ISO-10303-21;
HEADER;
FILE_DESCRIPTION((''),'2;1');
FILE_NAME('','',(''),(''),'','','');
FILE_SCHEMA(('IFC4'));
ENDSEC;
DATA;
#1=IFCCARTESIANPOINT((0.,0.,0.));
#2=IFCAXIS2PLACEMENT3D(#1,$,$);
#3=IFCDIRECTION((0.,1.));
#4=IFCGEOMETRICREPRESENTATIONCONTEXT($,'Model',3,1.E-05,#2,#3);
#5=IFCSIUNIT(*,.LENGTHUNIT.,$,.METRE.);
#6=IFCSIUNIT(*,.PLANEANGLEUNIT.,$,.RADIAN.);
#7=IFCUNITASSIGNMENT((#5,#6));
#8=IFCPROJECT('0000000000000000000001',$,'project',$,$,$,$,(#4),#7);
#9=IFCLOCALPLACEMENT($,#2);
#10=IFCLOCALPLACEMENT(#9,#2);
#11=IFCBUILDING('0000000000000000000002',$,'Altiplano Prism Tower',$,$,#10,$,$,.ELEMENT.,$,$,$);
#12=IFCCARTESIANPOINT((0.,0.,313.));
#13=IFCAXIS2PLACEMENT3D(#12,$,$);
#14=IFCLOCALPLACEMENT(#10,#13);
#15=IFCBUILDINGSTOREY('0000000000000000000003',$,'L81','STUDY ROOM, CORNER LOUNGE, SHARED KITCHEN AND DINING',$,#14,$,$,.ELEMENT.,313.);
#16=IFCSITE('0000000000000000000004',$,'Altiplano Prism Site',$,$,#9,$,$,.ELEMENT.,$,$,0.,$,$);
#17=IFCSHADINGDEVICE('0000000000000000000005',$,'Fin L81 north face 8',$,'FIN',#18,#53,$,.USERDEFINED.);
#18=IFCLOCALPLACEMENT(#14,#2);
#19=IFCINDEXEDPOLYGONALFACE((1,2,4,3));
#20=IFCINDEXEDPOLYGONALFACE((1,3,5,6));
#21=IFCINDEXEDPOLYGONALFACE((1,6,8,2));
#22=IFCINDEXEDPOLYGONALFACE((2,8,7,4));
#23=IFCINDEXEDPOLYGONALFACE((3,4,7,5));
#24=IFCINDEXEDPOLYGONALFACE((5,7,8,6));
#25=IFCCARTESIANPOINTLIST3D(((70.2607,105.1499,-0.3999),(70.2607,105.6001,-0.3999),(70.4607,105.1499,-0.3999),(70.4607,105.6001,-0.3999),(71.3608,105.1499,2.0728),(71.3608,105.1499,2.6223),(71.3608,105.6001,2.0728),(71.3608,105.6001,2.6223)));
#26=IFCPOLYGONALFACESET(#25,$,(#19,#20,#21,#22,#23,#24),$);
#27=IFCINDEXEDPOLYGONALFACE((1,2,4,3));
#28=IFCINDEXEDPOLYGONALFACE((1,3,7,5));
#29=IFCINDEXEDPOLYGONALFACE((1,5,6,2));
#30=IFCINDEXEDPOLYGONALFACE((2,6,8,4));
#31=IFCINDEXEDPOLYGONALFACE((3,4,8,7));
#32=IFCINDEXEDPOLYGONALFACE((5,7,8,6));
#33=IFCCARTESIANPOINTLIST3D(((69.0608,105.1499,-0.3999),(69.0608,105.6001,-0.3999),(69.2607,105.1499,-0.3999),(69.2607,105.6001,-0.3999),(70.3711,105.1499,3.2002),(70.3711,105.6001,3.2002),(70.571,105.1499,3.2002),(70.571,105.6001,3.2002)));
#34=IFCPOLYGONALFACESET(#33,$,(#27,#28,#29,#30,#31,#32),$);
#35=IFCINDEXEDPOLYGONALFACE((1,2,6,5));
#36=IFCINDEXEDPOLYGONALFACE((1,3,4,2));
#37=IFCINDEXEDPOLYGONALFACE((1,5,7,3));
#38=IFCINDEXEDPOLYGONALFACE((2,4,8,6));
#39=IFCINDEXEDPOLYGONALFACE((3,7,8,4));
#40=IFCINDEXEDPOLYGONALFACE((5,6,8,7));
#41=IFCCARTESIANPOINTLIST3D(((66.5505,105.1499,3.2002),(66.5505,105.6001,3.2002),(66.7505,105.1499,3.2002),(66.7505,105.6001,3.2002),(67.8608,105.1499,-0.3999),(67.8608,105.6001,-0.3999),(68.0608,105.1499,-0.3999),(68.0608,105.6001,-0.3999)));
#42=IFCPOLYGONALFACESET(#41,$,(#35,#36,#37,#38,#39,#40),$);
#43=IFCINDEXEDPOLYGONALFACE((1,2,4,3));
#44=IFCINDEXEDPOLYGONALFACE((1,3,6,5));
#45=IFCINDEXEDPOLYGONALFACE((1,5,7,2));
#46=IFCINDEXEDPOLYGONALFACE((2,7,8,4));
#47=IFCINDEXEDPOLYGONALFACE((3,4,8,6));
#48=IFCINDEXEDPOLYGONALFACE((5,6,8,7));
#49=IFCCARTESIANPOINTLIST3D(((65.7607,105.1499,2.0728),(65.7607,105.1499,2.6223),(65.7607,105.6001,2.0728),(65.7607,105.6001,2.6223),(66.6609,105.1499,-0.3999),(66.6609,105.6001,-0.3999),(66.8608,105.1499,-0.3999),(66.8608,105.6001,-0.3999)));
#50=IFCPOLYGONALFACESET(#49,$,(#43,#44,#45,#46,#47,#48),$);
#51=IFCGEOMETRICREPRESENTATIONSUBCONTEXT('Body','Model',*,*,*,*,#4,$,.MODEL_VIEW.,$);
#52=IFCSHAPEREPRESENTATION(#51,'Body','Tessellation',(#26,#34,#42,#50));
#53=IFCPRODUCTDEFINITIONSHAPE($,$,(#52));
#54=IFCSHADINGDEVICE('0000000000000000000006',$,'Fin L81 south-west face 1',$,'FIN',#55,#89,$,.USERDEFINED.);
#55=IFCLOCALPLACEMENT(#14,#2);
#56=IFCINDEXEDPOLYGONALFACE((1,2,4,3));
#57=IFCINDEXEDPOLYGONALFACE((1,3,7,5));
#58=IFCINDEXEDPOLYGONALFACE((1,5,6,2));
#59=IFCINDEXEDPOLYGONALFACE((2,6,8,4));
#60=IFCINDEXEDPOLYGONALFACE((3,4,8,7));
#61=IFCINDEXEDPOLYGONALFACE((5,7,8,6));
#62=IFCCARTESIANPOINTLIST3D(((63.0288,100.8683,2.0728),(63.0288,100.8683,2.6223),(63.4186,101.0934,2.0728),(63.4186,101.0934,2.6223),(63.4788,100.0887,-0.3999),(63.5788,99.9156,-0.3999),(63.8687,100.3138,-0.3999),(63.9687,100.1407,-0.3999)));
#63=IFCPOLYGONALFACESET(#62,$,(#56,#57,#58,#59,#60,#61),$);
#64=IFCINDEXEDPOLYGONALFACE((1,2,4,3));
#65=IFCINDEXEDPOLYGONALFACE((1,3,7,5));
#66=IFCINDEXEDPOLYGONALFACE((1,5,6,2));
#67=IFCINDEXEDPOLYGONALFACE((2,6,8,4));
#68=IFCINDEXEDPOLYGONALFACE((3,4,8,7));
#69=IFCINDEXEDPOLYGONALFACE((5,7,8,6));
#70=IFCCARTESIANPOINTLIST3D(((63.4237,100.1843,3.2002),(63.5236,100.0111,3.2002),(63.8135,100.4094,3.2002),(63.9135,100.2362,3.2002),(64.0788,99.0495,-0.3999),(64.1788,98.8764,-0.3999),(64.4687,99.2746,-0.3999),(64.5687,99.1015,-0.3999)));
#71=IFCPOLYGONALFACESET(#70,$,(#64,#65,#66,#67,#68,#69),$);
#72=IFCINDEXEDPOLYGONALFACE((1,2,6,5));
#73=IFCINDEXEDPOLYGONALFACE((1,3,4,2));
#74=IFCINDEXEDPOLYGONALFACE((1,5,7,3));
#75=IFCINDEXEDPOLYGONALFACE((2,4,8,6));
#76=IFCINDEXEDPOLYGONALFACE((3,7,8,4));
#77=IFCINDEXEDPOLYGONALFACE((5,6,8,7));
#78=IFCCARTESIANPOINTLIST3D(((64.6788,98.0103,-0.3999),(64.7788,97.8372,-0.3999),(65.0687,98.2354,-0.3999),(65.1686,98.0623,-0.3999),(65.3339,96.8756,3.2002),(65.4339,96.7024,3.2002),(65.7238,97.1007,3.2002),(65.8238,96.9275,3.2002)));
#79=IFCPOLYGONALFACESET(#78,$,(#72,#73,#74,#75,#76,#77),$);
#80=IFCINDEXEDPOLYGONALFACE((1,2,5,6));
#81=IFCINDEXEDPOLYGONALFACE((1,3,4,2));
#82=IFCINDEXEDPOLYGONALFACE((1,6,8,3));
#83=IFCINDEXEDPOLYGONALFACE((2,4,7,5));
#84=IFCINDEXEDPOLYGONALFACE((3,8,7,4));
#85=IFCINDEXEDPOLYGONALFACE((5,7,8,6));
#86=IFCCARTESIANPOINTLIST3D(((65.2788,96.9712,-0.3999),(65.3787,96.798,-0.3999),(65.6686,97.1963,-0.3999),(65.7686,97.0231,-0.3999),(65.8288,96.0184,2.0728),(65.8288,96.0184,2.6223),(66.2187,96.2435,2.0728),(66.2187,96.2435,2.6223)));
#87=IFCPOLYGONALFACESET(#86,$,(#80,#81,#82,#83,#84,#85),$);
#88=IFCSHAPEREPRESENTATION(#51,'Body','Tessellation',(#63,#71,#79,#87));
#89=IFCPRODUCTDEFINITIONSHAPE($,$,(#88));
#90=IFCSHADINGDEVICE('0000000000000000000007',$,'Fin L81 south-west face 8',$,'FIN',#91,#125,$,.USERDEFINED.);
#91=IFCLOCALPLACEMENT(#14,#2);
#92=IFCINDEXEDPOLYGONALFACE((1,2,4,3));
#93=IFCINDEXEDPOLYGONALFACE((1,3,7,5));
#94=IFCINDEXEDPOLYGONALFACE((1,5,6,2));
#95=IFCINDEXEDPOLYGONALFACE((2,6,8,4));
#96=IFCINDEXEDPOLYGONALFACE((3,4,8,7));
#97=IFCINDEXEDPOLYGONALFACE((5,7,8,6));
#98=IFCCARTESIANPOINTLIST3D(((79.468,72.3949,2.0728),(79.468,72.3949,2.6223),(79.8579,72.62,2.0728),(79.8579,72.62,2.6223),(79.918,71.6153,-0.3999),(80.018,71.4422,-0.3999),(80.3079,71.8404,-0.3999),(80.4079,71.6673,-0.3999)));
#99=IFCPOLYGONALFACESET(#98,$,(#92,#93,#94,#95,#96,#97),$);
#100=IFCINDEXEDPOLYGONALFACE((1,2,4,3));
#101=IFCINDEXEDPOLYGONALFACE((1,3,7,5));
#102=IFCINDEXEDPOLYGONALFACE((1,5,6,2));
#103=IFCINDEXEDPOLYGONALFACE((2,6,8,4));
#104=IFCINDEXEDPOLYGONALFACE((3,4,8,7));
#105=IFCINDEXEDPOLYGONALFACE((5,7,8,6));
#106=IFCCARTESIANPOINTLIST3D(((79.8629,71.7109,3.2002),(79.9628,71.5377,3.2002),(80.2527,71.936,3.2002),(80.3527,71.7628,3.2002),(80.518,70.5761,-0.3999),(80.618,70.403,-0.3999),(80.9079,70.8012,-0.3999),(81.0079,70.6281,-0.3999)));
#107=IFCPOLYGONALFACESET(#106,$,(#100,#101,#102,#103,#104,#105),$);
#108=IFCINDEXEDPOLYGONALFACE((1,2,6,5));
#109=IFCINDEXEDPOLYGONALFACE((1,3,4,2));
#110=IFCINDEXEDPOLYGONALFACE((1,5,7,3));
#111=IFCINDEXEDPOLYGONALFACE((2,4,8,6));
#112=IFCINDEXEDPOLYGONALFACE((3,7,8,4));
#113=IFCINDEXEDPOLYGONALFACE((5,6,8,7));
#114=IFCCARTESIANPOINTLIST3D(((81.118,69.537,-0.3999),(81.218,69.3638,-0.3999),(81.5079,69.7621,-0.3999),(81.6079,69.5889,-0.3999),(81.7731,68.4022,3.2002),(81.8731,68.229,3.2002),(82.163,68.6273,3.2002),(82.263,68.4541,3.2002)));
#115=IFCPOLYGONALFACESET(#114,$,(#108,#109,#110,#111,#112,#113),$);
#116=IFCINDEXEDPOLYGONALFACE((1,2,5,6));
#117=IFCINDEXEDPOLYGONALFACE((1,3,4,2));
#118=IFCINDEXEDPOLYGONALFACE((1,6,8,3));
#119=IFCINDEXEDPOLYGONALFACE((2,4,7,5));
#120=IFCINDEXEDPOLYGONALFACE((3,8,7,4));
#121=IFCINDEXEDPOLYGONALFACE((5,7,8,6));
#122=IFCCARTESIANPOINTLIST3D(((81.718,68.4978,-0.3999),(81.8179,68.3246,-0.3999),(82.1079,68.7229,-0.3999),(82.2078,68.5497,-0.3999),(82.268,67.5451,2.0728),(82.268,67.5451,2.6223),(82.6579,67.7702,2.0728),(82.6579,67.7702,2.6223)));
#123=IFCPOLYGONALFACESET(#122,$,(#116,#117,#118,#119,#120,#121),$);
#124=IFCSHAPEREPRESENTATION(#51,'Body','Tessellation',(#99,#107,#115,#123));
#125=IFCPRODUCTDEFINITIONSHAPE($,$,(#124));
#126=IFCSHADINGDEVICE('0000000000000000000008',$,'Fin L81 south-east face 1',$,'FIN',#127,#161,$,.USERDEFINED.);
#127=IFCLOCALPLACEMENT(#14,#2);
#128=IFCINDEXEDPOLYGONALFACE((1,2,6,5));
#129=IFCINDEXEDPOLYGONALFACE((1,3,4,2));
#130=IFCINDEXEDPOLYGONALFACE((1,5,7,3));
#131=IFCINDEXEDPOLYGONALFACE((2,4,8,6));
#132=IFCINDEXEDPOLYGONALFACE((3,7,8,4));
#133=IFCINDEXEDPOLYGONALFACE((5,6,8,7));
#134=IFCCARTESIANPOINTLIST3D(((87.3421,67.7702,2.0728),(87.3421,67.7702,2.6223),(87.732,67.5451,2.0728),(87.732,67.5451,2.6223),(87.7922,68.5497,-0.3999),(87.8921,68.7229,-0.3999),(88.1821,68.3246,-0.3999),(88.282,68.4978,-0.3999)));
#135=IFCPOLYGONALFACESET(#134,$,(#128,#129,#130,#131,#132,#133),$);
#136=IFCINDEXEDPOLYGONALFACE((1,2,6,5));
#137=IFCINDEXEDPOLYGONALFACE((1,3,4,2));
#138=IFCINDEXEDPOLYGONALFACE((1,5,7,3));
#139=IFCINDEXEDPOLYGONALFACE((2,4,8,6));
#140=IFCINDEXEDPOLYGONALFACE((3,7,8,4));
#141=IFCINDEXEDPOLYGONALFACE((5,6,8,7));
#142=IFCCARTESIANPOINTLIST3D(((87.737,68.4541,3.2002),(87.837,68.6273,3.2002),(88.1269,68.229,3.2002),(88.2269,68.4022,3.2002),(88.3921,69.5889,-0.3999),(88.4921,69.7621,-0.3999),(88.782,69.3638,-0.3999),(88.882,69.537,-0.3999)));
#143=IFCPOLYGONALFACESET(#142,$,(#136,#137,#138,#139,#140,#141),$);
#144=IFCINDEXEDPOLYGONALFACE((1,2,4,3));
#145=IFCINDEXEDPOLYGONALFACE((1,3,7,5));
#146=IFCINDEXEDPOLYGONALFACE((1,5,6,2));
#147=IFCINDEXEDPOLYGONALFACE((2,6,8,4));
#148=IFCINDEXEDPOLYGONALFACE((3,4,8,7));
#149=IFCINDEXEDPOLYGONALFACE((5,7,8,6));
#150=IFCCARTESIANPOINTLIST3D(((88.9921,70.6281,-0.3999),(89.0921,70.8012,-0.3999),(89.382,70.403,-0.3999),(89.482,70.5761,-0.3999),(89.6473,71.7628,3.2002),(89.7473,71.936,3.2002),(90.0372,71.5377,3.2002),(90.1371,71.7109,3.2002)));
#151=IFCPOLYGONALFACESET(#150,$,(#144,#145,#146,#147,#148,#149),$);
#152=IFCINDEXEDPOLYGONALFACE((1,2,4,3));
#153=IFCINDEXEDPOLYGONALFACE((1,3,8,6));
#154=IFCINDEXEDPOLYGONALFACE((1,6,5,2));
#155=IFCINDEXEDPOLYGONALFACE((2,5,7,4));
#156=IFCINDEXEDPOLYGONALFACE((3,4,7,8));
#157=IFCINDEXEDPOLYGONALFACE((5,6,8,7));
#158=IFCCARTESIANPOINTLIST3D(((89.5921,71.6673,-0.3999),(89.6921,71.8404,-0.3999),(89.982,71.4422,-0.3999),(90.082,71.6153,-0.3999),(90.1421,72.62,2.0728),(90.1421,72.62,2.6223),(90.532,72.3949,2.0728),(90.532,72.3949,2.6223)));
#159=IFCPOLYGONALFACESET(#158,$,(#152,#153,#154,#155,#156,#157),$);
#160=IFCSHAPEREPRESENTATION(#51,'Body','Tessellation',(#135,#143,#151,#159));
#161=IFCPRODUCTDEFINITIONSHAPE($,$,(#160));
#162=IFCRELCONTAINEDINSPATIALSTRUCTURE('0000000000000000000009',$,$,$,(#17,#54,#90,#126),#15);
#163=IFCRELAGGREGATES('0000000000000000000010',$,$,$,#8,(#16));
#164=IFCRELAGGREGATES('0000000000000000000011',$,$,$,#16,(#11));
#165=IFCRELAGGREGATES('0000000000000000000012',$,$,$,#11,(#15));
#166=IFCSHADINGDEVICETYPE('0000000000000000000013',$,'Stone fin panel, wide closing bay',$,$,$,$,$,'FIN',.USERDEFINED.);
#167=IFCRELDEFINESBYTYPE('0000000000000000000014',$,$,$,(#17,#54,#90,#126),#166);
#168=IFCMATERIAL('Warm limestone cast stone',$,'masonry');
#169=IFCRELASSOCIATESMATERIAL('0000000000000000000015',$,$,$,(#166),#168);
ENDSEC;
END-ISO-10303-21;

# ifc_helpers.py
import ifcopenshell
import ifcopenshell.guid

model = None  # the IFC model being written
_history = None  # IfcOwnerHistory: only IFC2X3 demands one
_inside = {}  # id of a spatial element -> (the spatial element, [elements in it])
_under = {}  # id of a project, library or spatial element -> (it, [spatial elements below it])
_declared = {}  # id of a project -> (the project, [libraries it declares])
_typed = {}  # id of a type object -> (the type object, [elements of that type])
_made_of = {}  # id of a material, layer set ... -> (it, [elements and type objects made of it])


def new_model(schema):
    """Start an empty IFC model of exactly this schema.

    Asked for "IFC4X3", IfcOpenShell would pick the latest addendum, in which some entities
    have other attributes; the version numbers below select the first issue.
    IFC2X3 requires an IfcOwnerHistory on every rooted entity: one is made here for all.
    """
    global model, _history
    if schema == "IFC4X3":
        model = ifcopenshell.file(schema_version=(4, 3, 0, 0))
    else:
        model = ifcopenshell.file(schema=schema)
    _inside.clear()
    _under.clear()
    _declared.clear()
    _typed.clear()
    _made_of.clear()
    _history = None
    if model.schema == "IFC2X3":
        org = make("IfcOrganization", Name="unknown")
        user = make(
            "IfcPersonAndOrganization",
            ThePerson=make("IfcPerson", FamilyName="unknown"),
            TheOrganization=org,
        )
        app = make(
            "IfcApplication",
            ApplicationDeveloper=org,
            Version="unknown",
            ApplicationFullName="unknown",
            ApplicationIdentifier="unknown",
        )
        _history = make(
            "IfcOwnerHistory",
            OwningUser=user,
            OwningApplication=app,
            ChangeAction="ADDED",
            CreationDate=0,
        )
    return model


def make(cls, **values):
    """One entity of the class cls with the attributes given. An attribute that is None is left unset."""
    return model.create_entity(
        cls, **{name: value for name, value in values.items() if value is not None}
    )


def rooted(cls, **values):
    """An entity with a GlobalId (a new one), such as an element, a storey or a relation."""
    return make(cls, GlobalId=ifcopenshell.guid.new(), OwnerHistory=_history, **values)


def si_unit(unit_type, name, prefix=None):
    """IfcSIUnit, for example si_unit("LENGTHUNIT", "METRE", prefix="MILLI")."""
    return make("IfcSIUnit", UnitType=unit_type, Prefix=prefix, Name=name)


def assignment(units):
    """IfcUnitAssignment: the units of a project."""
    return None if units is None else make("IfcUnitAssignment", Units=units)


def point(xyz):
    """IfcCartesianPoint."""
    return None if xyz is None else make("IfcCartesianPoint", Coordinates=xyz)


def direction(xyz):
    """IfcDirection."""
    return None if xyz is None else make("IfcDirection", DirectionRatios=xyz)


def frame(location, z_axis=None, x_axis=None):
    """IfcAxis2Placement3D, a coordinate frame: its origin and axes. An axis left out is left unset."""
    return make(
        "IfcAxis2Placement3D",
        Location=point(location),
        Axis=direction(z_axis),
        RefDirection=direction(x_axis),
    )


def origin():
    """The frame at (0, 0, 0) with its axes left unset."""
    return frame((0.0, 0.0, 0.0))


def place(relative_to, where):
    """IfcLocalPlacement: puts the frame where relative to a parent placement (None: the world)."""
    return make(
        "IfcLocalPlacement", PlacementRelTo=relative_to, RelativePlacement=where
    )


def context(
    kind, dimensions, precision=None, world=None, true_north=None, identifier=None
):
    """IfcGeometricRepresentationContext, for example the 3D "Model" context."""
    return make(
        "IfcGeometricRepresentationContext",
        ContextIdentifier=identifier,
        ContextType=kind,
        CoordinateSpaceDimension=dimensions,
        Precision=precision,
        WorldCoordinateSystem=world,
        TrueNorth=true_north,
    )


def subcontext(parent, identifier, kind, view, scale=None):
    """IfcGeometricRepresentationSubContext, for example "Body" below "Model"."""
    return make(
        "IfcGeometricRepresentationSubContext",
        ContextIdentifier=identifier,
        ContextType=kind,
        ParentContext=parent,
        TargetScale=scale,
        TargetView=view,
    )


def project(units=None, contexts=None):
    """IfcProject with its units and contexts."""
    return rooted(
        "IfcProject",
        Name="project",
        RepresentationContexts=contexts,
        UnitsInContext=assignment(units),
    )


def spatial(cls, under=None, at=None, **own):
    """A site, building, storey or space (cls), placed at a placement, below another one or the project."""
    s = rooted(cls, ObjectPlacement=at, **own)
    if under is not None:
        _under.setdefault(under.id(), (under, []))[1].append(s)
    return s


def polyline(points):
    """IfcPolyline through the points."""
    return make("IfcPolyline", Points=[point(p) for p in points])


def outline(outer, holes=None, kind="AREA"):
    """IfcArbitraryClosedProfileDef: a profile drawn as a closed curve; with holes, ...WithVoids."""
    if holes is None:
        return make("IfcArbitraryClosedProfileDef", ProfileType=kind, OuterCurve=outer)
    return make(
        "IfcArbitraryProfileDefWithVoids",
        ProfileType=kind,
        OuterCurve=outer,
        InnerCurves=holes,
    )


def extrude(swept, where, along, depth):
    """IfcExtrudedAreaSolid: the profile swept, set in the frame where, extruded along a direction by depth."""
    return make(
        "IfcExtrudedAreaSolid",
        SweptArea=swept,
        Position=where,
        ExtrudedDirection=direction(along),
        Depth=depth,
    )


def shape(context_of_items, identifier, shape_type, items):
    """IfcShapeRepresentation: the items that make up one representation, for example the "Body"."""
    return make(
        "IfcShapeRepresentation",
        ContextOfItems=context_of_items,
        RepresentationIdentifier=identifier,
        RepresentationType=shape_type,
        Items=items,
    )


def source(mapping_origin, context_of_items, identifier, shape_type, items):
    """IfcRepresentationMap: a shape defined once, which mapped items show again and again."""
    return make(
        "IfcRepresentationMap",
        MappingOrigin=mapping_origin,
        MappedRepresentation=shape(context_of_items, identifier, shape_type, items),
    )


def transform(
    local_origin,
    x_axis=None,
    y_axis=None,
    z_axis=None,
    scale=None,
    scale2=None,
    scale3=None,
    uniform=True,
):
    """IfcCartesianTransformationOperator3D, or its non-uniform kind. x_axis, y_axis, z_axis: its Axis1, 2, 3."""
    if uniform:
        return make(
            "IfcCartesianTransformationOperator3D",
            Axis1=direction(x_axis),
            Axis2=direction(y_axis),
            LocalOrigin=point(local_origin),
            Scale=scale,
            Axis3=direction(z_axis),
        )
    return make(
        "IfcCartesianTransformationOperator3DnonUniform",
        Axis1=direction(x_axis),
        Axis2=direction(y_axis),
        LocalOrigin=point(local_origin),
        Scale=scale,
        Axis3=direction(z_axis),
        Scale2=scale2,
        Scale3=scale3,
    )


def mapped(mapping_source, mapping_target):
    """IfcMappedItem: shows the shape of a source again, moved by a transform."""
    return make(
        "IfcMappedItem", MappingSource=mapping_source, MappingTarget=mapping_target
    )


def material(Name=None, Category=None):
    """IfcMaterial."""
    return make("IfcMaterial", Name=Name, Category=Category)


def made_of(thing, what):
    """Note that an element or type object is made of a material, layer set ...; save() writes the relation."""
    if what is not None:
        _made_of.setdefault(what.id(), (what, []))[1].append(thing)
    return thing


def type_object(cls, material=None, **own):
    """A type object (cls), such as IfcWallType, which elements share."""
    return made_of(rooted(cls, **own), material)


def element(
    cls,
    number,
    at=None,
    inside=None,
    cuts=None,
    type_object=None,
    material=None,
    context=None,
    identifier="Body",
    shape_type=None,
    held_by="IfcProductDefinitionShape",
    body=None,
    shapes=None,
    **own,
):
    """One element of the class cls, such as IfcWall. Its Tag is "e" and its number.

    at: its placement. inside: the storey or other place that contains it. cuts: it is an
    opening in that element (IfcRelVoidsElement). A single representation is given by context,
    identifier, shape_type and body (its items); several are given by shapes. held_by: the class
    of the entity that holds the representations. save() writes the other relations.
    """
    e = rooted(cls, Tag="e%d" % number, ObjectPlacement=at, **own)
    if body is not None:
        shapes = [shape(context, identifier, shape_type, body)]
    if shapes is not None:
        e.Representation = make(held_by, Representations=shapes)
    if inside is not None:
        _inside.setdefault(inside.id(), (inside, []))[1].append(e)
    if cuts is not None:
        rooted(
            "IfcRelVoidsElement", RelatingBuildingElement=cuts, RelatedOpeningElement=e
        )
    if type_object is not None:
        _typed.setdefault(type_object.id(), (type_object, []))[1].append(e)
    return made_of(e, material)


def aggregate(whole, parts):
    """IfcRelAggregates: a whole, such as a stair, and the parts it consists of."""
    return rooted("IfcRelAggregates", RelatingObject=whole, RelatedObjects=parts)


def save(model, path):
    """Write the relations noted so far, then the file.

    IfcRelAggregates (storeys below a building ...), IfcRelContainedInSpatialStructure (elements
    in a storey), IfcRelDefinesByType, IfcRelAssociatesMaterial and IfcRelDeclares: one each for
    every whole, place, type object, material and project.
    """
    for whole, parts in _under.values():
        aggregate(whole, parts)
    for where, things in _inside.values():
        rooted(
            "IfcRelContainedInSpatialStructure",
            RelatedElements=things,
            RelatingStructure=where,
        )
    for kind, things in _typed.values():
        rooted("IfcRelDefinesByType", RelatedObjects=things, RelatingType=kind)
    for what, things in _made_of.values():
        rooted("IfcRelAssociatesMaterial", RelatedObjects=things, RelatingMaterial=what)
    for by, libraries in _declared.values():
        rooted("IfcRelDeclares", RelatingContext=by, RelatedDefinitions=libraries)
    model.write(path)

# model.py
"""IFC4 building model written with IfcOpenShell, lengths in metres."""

from ifc_helpers import new_model, si_unit, direction, frame, origin, place, context, subcontext, project, spatial, polyline, outline, extrude, source, transform, mapped, material, type_object, element, save


model = new_model("IFC4")

# Units and contexts
model_context = context("Model", 3, precision=1e-05, world=origin(), true_north=direction((0.0, 1.0)))
body_context = subcontext(model_context, "Body", "Model", "MODEL_VIEW")
ifc_project = project(units=[si_unit("LENGTHUNIT", "METRE"), si_unit("PLANEANGLEUNIT", "RADIAN")], contexts=[model_context])

# Site, building, storey
site_placement = place(None, origin())
site = spatial("IfcSite", under=ifc_project, at=site_placement, Name="Altiplano Prism Site", CompositionType="ELEMENT", RefElevation=0.0)
building_placement = place(site_placement, origin())
building = spatial("IfcBuilding", under=site, at=building_placement, Name="Altiplano Prism Tower", CompositionType="ELEMENT")
storey_placement = place(building_placement, frame((0.0, 0.0, 313.0)))
storey = spatial("IfcBuildingStorey", under=building, at=storey_placement, Name="L81", Description="STUDY ROOM, CORNER LOUNGE, SHARED KITCHEN AND DINING", CompositionType="ELEMENT", Elevation=313.0)

# Shading devices
ifc_material_1 = material(Name="Warm limestone cast stone", Category="masonry")
shading_device_type_1 = type_object("IfcShadingDeviceType", Name="Stone fin panel, wide closing bay", ElementType="FIN", PredefinedType="USERDEFINED", material=ifc_material_1)
shared_shape_1 = source(origin(), body_context, "Body", "SweptSolid", [
    extrude(outline(polyline([(-2.8, 3.0222), (-2.8, 2.4727), (-1.8999, 0.0), (-1.7, 0.0), (-2.8, 3.0222)])), frame((0.0, -0.1499, 0.0), z_axis=(0.0, -1.0, 0.0), x_axis=(1.0, 0.0, 0.0)), (0.0, 0.0, 1.0), 0.4502),
    extrude(outline(polyline([(-2.0103, 3.6001), (-0.7, 0.0), (-0.5, 0.0), (-1.8103, 3.6001), (-2.0103, 3.6001)])), frame((0.0, -0.1499, 0.0), z_axis=(0.0, -1.0, 0.0), x_axis=(1.0, 0.0, 0.0)), (0.0, 0.0, 1.0), 0.4502),
    extrude(outline(polyline([(1.8103, 3.6001), (0.5, 0.0), (0.7, 0.0), (2.0103, 3.6001), (1.8103, 3.6001)])), frame((0.0, -0.1499, 0.0), z_axis=(0.0, -1.0, 0.0), x_axis=(1.0, 0.0, 0.0)), (0.0, 0.0, 1.0), 0.4502),
    extrude(outline(polyline([(2.8, 2.4727), (2.8, 3.0222), (1.7, 0.0), (1.8999, 0.0), (2.8, 2.4727)])), frame((0.0, -0.1499, 0.0), z_axis=(0.0, -1.0, 0.0), x_axis=(1.0, 0.0, 0.0)), (0.0, 0.0, 1.0), 0.4502),
])
shading_device_1_placement = place(storey_placement, origin())
element("IfcShadingDevice", 1, at=shading_device_1_placement, inside=storey, type_object=shading_device_type_1, Name="Fin L81 north face 8", ObjectType="FIN", PredefinedType="USERDEFINED", context=body_context, shape_type="MappedRepresentation", body=[
    mapped(shared_shape_1, transform((68.5608, 105.0, -0.3999), x_axis=(-1.0, 0.0, 0.0), y_axis=(0.0, -1.0, 0.0), z_axis=(0.0, 0.0, 1.0))),
])
shading_device_2_placement = place(storey_placement, origin())
element("IfcShadingDevice", 2, at=shading_device_2_placement, inside=storey, type_object=shading_device_type_1, Name="Fin L81 south-west face 1", ObjectType="FIN", PredefinedType="USERDEFINED", context=body_context, shape_type="MappedRepresentation", body=[
    mapped(shared_shape_1, transform((64.9485, 98.7434, -0.3999), x_axis=(0.5, -0.866025, 0.0), y_axis=(0.866025, 0.5, 0.0), z_axis=(0.0, 0.0, 1.0))),
])
shading_device_3_placement = place(storey_placement, origin())
element("IfcShadingDevice", 3, at=shading_device_3_placement, inside=storey, type_object=shading_device_type_1, Name="Fin L81 south-west face 8", ObjectType="FIN", PredefinedType="USERDEFINED", context=body_context, shape_type="MappedRepresentation", body=[
    mapped(shared_shape_1, transform((81.3877, 70.27, -0.3999), x_axis=(0.5, -0.866025, 0.0), y_axis=(0.866025, 0.5, 0.0), z_axis=(0.0, 0.0, 1.0))),
])
shading_device_4_placement = place(storey_placement, origin())
element("IfcShadingDevice", 4, at=shading_device_4_placement, inside=storey, type_object=shading_device_type_1, Name="Fin L81 south-east face 1", ObjectType="FIN", PredefinedType="USERDEFINED", context=body_context, shape_type="MappedRepresentation", body=[
    mapped(shared_shape_1, transform((88.6123, 70.27, -0.3999), x_axis=(0.5, 0.866025, 0.0), y_axis=(-0.866025, 0.5, 0.0), z_axis=(0.0, 0.0, 1.0))),
])

save(model, "model.ifc")
